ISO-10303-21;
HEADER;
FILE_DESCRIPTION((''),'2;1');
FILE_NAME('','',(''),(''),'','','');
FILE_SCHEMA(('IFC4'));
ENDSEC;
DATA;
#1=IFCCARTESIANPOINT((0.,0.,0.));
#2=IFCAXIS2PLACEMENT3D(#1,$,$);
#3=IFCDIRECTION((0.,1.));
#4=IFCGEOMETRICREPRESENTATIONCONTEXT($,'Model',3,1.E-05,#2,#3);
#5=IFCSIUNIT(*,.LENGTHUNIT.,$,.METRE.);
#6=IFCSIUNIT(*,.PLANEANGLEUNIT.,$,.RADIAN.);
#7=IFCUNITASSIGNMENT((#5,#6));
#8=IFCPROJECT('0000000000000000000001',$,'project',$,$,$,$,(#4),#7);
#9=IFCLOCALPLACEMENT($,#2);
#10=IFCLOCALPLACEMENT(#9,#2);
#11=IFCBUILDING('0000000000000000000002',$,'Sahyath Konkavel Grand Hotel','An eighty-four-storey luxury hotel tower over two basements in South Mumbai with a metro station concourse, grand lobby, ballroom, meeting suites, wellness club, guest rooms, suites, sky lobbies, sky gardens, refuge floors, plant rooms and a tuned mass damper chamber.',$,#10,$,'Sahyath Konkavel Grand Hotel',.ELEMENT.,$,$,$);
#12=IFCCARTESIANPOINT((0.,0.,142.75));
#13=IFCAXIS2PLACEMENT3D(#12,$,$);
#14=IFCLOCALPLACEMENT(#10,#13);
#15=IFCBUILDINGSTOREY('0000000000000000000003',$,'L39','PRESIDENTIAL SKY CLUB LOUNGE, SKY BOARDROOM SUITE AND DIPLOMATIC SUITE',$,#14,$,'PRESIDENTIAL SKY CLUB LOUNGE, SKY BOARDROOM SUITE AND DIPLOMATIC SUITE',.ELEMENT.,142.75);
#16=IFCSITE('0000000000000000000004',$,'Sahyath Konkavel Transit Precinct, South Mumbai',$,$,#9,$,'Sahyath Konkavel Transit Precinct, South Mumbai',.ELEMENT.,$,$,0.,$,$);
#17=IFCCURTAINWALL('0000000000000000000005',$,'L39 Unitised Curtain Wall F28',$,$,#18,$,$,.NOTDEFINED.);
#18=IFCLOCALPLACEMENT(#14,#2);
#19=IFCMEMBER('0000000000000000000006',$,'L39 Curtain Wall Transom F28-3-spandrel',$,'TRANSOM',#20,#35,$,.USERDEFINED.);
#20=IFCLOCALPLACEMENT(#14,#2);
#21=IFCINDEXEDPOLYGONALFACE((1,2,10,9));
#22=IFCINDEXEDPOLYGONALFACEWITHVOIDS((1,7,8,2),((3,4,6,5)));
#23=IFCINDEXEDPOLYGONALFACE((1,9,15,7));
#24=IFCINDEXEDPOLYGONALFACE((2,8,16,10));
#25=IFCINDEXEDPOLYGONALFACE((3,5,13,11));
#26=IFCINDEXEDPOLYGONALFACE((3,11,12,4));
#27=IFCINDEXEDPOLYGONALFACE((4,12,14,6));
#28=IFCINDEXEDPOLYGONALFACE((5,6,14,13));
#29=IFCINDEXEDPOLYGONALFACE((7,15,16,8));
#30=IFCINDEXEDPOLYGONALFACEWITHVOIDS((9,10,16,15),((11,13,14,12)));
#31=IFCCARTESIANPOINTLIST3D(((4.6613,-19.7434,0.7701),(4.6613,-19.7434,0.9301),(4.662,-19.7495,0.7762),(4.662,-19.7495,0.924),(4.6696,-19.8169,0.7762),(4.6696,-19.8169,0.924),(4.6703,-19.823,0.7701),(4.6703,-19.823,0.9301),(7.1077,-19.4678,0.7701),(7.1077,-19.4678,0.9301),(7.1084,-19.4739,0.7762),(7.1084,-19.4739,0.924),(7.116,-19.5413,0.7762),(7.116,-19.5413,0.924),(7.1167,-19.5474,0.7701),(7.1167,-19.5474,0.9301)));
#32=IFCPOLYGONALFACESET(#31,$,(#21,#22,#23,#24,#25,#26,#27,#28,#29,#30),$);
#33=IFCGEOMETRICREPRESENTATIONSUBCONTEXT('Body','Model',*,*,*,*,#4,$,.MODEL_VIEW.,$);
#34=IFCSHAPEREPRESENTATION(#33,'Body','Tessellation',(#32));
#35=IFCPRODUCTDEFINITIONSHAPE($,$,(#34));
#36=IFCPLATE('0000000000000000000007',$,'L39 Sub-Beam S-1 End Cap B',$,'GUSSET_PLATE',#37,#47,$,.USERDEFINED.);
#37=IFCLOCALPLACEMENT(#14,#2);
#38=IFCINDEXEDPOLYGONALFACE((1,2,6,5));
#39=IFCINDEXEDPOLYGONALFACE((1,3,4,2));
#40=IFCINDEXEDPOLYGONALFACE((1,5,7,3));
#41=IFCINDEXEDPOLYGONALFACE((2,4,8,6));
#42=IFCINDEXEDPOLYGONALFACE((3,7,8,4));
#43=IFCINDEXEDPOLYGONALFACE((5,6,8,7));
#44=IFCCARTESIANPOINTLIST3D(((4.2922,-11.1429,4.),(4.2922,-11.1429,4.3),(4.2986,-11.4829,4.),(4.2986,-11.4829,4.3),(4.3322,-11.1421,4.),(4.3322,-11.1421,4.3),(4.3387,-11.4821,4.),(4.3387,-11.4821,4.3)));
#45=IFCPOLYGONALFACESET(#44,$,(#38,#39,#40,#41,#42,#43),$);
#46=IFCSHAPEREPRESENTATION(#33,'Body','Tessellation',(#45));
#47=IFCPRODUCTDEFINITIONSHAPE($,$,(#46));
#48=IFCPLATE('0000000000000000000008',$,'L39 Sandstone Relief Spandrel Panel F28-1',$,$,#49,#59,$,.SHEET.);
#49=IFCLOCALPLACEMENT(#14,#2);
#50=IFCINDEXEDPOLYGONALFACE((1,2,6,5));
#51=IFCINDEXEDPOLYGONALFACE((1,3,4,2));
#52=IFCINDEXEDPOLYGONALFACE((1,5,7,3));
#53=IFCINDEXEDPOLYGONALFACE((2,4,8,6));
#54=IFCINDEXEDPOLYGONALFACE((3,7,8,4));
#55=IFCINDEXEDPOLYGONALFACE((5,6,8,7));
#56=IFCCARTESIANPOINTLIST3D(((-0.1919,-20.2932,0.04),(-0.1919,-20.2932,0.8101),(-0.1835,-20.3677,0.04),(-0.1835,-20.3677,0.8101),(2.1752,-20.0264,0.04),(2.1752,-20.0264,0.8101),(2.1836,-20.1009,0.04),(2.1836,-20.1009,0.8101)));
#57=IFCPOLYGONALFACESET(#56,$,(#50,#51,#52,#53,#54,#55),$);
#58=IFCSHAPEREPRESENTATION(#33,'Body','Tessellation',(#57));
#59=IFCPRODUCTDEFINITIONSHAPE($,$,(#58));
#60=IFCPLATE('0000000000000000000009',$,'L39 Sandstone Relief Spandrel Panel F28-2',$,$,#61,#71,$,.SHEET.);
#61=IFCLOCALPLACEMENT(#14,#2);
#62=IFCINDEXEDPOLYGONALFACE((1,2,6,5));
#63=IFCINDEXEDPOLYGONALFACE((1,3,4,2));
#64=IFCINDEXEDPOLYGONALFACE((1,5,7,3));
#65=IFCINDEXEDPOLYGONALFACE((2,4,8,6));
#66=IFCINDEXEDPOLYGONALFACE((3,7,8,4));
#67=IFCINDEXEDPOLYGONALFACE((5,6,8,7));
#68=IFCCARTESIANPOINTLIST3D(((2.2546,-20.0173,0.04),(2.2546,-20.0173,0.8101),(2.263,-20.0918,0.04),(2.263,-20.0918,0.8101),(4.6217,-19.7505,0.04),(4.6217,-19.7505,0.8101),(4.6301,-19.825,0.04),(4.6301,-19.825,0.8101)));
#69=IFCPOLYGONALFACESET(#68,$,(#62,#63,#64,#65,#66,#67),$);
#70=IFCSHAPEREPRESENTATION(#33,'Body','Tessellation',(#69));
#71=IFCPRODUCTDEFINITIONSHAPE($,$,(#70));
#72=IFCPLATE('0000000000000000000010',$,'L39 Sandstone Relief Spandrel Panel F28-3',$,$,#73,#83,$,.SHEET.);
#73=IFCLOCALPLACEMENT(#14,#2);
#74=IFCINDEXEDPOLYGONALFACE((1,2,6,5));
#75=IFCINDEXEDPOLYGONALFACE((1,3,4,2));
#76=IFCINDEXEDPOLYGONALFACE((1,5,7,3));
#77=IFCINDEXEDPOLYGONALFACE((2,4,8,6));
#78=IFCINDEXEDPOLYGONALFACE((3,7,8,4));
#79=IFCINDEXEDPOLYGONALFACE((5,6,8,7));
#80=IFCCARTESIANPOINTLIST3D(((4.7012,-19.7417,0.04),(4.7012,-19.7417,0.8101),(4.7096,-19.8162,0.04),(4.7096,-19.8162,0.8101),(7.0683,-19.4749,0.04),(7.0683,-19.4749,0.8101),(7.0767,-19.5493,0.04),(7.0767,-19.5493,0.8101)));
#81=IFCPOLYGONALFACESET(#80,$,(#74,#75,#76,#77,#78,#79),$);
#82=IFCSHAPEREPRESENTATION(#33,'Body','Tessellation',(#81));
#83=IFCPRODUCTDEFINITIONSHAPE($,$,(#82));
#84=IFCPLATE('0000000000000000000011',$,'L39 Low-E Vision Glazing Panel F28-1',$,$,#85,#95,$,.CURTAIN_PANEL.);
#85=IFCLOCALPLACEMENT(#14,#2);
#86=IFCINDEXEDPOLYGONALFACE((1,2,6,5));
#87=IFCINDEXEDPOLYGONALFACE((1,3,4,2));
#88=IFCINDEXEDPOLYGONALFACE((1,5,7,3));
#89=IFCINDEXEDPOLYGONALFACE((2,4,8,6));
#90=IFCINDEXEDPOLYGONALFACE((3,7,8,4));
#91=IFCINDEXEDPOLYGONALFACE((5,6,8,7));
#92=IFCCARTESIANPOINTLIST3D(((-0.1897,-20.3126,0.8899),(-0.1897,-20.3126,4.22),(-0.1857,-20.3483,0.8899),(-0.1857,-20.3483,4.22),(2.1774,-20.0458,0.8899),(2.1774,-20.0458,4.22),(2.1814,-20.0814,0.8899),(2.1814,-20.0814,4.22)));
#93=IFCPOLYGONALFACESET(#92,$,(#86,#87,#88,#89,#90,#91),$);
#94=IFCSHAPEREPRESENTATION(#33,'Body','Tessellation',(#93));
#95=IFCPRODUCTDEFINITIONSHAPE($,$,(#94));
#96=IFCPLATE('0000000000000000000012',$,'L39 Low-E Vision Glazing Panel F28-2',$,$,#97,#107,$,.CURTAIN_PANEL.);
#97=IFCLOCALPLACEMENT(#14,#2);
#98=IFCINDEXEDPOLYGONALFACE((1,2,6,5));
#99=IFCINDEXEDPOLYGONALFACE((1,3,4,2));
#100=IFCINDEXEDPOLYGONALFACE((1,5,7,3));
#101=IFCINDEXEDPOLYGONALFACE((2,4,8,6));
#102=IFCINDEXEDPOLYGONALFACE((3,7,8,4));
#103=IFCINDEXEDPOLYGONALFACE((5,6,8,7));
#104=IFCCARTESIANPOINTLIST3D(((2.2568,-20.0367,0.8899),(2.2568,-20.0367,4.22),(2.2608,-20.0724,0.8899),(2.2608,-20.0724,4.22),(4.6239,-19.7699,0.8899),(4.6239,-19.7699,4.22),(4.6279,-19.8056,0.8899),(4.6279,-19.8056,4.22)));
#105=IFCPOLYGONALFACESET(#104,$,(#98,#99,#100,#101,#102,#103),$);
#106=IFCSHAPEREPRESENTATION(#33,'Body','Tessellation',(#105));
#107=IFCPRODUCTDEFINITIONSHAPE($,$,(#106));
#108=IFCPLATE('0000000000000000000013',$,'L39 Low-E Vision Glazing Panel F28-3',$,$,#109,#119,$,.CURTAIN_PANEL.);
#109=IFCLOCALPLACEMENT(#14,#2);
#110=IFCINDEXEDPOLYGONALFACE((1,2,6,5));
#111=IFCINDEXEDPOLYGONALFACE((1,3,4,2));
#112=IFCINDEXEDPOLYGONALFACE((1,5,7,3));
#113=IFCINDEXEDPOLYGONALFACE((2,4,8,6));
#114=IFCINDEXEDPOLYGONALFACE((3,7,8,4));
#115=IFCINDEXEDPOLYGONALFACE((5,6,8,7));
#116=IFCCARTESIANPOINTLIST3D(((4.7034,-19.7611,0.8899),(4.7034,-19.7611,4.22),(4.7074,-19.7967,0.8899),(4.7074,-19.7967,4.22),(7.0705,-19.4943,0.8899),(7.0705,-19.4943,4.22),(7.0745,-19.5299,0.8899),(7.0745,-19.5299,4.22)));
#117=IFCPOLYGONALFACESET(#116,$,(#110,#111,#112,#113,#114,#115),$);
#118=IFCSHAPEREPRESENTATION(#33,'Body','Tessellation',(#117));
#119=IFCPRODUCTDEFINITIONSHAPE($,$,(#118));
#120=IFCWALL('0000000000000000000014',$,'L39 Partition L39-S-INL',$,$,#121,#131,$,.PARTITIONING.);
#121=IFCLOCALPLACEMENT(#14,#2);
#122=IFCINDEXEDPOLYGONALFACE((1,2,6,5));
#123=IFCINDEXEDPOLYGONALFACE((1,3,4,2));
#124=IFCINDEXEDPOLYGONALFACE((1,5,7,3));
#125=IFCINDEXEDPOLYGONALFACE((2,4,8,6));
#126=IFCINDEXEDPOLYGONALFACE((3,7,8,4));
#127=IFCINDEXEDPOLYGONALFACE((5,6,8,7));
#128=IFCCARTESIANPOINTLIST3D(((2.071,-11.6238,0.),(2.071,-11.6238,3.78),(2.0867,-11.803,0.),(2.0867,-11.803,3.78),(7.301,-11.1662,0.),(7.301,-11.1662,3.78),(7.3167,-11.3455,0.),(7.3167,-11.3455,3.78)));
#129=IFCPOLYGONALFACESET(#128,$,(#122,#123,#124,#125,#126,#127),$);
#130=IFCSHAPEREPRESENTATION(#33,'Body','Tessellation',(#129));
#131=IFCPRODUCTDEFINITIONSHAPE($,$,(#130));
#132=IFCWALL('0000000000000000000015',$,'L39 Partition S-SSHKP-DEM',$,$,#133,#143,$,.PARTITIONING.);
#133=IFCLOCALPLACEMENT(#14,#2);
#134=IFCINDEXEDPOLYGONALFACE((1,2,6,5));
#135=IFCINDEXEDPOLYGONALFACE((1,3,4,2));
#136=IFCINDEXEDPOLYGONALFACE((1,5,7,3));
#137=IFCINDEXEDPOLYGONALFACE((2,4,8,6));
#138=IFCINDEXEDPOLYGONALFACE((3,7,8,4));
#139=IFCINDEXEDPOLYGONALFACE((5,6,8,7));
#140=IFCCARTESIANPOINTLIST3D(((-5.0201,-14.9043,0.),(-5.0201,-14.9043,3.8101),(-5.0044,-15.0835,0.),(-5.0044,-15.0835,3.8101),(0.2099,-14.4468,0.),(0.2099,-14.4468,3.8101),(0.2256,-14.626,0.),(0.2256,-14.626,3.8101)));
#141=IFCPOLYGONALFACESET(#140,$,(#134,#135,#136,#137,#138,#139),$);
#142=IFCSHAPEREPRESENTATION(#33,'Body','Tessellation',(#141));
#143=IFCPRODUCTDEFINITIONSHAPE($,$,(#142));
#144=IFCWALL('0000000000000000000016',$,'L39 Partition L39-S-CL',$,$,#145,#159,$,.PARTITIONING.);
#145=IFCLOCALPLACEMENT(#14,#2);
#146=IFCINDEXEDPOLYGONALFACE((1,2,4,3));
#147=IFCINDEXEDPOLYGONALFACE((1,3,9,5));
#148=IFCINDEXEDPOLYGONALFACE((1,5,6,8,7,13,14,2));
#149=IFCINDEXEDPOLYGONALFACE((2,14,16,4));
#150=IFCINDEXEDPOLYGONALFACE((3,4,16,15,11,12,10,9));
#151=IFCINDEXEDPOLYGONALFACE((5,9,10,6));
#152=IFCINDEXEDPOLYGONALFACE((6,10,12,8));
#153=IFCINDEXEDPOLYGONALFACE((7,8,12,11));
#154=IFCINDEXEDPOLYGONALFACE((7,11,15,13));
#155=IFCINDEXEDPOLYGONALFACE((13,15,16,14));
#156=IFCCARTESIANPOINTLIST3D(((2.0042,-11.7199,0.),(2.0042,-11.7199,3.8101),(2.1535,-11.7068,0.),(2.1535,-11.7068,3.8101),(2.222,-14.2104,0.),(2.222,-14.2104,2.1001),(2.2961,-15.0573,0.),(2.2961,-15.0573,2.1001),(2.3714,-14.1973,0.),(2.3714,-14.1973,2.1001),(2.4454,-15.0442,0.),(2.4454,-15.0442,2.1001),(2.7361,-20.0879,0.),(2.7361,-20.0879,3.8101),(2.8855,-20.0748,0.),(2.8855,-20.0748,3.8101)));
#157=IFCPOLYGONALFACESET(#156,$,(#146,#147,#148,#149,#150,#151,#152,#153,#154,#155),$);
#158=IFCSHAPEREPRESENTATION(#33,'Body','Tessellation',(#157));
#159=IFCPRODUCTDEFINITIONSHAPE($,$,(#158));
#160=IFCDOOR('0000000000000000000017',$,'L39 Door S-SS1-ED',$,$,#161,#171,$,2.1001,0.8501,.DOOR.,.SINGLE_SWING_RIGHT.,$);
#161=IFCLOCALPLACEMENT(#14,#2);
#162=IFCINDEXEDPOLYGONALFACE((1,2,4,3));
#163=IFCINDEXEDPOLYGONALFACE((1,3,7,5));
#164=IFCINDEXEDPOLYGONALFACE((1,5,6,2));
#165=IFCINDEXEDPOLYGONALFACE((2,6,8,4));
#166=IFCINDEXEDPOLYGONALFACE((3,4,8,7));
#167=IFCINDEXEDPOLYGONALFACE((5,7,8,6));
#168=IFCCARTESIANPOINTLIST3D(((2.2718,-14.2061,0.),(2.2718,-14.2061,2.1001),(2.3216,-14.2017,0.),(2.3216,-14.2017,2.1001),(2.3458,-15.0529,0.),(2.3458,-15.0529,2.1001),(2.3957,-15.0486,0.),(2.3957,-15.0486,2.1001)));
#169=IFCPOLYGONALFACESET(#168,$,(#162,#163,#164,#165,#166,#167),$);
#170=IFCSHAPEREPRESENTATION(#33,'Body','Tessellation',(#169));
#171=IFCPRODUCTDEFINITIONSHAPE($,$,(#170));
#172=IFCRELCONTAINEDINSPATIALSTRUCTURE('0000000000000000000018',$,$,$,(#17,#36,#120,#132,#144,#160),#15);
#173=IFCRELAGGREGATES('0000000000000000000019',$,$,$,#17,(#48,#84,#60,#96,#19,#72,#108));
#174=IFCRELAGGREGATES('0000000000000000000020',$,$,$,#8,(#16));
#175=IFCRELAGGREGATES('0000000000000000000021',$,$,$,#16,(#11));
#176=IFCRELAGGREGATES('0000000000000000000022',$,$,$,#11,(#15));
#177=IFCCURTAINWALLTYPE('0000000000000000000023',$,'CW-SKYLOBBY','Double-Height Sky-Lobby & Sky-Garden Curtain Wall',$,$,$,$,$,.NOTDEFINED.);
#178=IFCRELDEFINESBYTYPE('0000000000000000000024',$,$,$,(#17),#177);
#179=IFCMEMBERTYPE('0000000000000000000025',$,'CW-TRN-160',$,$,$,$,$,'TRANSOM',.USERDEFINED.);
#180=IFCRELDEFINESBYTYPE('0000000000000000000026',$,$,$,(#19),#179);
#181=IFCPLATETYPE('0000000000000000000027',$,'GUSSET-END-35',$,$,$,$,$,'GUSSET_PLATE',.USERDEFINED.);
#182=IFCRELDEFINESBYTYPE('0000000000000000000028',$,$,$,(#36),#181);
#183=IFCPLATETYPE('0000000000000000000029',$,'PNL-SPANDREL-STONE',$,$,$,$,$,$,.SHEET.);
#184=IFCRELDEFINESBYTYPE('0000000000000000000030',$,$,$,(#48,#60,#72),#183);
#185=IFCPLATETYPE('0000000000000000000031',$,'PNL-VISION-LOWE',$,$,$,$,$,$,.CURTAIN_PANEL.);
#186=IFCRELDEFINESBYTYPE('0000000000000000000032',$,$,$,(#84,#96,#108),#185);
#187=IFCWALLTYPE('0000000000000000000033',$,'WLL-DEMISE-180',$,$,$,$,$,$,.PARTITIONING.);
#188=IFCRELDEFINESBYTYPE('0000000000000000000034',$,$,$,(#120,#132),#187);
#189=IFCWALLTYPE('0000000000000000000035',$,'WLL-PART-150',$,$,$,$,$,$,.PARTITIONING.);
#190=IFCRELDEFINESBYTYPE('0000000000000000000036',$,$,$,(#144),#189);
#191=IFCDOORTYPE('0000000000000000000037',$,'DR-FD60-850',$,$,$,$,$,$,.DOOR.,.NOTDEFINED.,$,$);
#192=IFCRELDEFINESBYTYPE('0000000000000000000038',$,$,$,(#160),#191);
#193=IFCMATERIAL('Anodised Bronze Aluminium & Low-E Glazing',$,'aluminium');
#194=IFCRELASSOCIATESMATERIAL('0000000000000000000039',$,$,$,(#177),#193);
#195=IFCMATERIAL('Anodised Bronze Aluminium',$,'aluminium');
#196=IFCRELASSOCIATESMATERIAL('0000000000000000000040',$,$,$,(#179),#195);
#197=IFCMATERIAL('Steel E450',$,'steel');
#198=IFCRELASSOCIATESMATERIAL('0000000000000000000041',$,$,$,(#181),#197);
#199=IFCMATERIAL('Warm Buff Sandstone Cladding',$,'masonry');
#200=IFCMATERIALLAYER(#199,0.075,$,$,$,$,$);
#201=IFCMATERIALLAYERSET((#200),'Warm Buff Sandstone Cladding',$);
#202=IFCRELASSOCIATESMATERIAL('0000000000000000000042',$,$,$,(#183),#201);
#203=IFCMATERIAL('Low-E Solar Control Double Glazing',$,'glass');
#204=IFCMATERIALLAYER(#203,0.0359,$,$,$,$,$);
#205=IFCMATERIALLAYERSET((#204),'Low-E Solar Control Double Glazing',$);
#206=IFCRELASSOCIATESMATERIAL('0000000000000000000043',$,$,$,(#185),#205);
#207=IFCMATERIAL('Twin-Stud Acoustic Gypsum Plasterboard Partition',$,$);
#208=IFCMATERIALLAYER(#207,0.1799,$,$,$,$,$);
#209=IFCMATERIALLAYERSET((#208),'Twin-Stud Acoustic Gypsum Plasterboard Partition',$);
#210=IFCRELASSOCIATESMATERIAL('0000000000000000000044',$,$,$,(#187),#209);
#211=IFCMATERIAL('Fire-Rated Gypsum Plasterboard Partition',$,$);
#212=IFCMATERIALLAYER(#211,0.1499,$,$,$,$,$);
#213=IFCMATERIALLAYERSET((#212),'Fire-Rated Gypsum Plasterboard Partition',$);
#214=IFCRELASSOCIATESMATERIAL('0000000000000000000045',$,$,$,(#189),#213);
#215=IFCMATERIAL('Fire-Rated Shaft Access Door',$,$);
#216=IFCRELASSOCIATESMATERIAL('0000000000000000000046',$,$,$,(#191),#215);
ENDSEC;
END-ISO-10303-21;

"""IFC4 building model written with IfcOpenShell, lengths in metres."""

from ifc_helpers import new_model, si_unit, direction, frame, frame_2d, origin, origin_2d, place, context, subcontext, project, spatial, rectangle, hollow_rectangle, extrude, source, transform, mapped, material, layer, layer_set, material_profile, profile_set, type_object, element, fill, aggregate, save


model = new_model("IFC4")

# Units and contexts
model_context = context("Model", 3, precision=1e-05, world=origin(), true_north=direction((0.0, 1.0)))
body_context = subcontext(model_context, "Body", "Model", "MODEL_VIEW")
ifc_project = project(units=[si_unit("LENGTHUNIT", "METRE"), si_unit("PLANEANGLEUNIT", "RADIAN")], contexts=[model_context])

# Site, building, storey
site_placement = place(None, origin())
site = spatial("IfcSite", under=ifc_project, at=site_placement, Name="Sahyath Konkavel Transit Precinct, South Mumbai", LongName="Sahyath Konkavel Transit Precinct, South Mumbai", CompositionType="ELEMENT", RefElevation=0.0)
building_placement = place(site_placement, origin())
building = spatial("IfcBuilding", under=site, at=building_placement, Name="Sahyath Konkavel Grand Hotel", Description="An eighty-four-storey luxury hotel tower over two basements in South Mumbai with a metro station concourse, grand lobby, ballroom, meeting suites, wellness club, guest rooms, suites, sky lobbies, sky gardens, refuge floors, plant rooms and a tuned mass damper chamber.", LongName="Sahyath Konkavel Grand Hotel", CompositionType="ELEMENT")
storey_placement = place(building_placement, frame((0.0, 0.0, 142.75)))
storey = spatial("IfcBuildingStorey", under=building, at=storey_placement, Name="L39", Description="PRESIDENTIAL SKY CLUB LOUNGE, SKY BOARDROOM SUITE AND DIPLOMATIC SUITE", LongName="PRESIDENTIAL SKY CLUB LOUNGE, SKY BOARDROOM SUITE AND DIPLOMATIC SUITE", CompositionType="ELEMENT", Elevation=142.75)

# Curtain wall
ifc_material_1 = material(Name="Anodised Bronze Aluminium & Low-E Glazing", Category="aluminium")
curtain_wall_type = type_object("IfcCurtainWallType", Name="CW-SKYLOBBY", Description="Double-Height Sky-Lobby & Sky-Garden Curtain Wall", PredefinedType="NOTDEFINED", material=ifc_material_1)
curtain_wall_placement = place(storey_placement, origin())
curtain_wall = element("IfcCurtainWall", 1, at=curtain_wall_placement, inside=storey, type_object=curtain_wall_type, Name="L39 Unitised Curtain Wall F28", PredefinedType="NOTDEFINED")
ifc_material_2 = material(Name="Anodised Bronze Aluminium", Category="aluminium")

# Member
ifc_material_profile_1 = material_profile(ifc_material_2, hollow_rectangle(XDim=0.0801, YDim=0.1599, WallThickness=0.0061, at=origin_2d()), Name="RHS 160x80x6")
ifc_profile_set_1 = profile_set([ifc_material_profile_1], Name="Anodised Bronze Aluminium")
member_type_1 = type_object("IfcMemberType", Name="CW-TRN-160", ElementType="TRANSOM", PredefinedType="USERDEFINED", material=ifc_profile_set_1)
shared_shape_1 = source(origin(), body_context, "Body", "SweptSolid", [
    extrude(hollow_rectangle(XDim=0.0801, YDim=0.1599, WallThickness=0.0061, at=origin_2d()), origin(), (0.0, 0.0, 1.0), 2.4619),
])
member_1_placement = place(storey_placement, frame((4.6658, -19.7832, 0.8501), z_axis=(0.993713, 0.111955, 0.0), x_axis=(-0.111955, 0.993713, 0.0)))
member_1 = element("IfcMember", 2, at=member_1_placement, type_object=member_type_1, Name="L39 Curtain Wall Transom F28-3-spandrel", ObjectType="TRANSOM", PredefinedType="USERDEFINED", context=body_context, shape_type="MappedRepresentation", body=[
    mapped(shared_shape_1, transform((0.0, 0.0, 0.0), scale=1.0)),
])

# Plates
ifc_material_3 = material(Name="Steel E450", Category="steel")
plate_type_1 = type_object("IfcPlateType", Name="GUSSET-END-35", ElementType="GUSSET_PLATE", PredefinedType="USERDEFINED", material=ifc_material_3)
shared_shape_2 = source(origin(), body_context, "Body", "SweptSolid", [
    extrude(rectangle(XDim=0.04, YDim=0.3401, at=origin_2d()), origin(), (0.0, 0.0, 1.0), 0.3),
])
plate_1_placement = place(storey_placement, frame((4.3154, -11.3125, 4.0), z_axis=(0.0, 0.0, 1.0), x_axis=(0.999822, 0.018848, 0.0)))
element("IfcPlate", 3, at=plate_1_placement, inside=storey, type_object=plate_type_1, Name="L39 Sub-Beam S-1 End Cap B", ObjectType="GUSSET_PLATE", PredefinedType="USERDEFINED", context=body_context, shape_type="MappedRepresentation", body=[
    mapped(shared_shape_2, transform((0.0, 0.0, 0.0), scale=1.0)),
])
ifc_material_4 = material(Name="Warm Buff Sandstone Cladding", Category="masonry")
ifc_layer_1 = layer(ifc_material_4, 0.075)
ifc_layer_set_1 = layer_set([ifc_layer_1], Name="Warm Buff Sandstone Cladding")
plate_type_2 = type_object("IfcPlateType", Name="PNL-SPANDREL-STONE", PredefinedType="SHEET", material=ifc_layer_set_1)
shared_shape_3 = source(origin(), body_context, "Body", "SweptSolid", [
    extrude(rectangle(XDim=2.3821, YDim=0.075, at=origin_2d()), origin(), (0.0, 0.0, 1.0), 0.77),
])
plate_2_placement = place(storey_placement, frame((0.9958, -20.197, 0.04), z_axis=(0.0, 0.0, 1.0), x_axis=(0.993707, 0.112007, 0.0)))
plate_2 = element("IfcPlate", 4, at=plate_2_placement, type_object=plate_type_2, Name="L39 Sandstone Relief Spandrel Panel F28-1", PredefinedType="SHEET", context=body_context, shape_type="MappedRepresentation", body=[
    mapped(shared_shape_3, transform((0.0, 0.0, 0.0), scale=1.0)),
])
plate_3_placement = place(storey_placement, frame((3.4424, -19.9211, 0.04), z_axis=(0.0, 0.0, 1.0), x_axis=(0.993707, 0.112007, 0.0)))
plate_3 = element("IfcPlate", 5, at=plate_3_placement, type_object=plate_type_2, Name="L39 Sandstone Relief Spandrel Panel F28-2", PredefinedType="SHEET", context=body_context, shape_type="MappedRepresentation", body=[
    mapped(shared_shape_3, transform((0.0, 0.0, 0.0), scale=1.0)),
])
plate_4_placement = place(storey_placement, frame((5.8889, -19.6455, 0.04), z_axis=(0.0, 0.0, 1.0), x_axis=(0.993707, 0.112007, 0.0)))
plate_4 = element("IfcPlate", 6, at=plate_4_placement, type_object=plate_type_2, Name="L39 Sandstone Relief Spandrel Panel F28-3", PredefinedType="SHEET", context=body_context, shape_type="MappedRepresentation", body=[
    mapped(shared_shape_3, transform((0.0, 0.0, 0.0), scale=1.0)),
])
ifc_material_5 = material(Name="Low-E Solar Control Double Glazing", Category="glass")
ifc_layer_2 = layer(ifc_material_5, 0.0359)
ifc_layer_set_2 = layer_set([ifc_layer_2], Name="Low-E Solar Control Double Glazing")
plate_type_3 = type_object("IfcPlateType", Name="PNL-VISION-LOWE", PredefinedType="CURTAIN_PANEL", material=ifc_layer_set_2)
shared_shape_4 = source(origin(), body_context, "Body", "SweptSolid", [
    extrude(rectangle(XDim=2.3821, YDim=0.0359, at=origin_2d()), origin(), (0.0, 0.0, 1.0), 3.3301),
])
plate_5_placement = place(storey_placement, frame((0.9958, -20.197, 0.8899), z_axis=(0.0, 0.0, 1.0), x_axis=(0.993707, 0.112007, 0.0)))
plate_5 = element("IfcPlate", 7, at=plate_5_placement, type_object=plate_type_3, Name="L39 Low-E Vision Glazing Panel F28-1", PredefinedType="CURTAIN_PANEL", context=body_context, shape_type="MappedRepresentation", body=[
    mapped(shared_shape_4, transform((0.0, 0.0, 0.0), scale=1.0)),
])
plate_6_placement = place(storey_placement, frame((3.4424, -19.9211, 0.8899), z_axis=(0.0, 0.0, 1.0), x_axis=(0.993707, 0.112007, 0.0)))
plate_6 = element("IfcPlate", 8, at=plate_6_placement, type_object=plate_type_3, Name="L39 Low-E Vision Glazing Panel F28-2", PredefinedType="CURTAIN_PANEL", context=body_context, shape_type="MappedRepresentation", body=[
    mapped(shared_shape_4, transform((0.0, 0.0, 0.0), scale=1.0)),
])
plate_7_placement = place(storey_placement, frame((5.8889, -19.6455, 0.8899), z_axis=(0.0, 0.0, 1.0), x_axis=(0.993707, 0.112007, 0.0)))
plate_7 = element("IfcPlate", 9, at=plate_7_placement, type_object=plate_type_3, Name="L39 Low-E Vision Glazing Panel F28-3", PredefinedType="CURTAIN_PANEL", context=body_context, shape_type="MappedRepresentation", body=[
    mapped(shared_shape_4, transform((0.0, 0.0, 0.0), scale=1.0)),
])
aggregate(curtain_wall, [plate_2, plate_5, plate_3, plate_6, member_1, plate_4, plate_7])

# Walls
ifc_material_6 = material(Name="Twin-Stud Acoustic Gypsum Plasterboard Partition")
ifc_layer_3 = layer(ifc_material_6, 0.1799)
ifc_layer_set_3 = layer_set([ifc_layer_3], Name="Twin-Stud Acoustic Gypsum Plasterboard Partition")
wall_type_1 = type_object("IfcWallType", Name="WLL-DEMISE-180", PredefinedType="PARTITIONING", material=ifc_layer_set_3)
wall_1_placement = place(storey_placement, frame((2.0789, -11.7134, 0.0), z_axis=(0.0, 0.0, 1.0), x_axis=(0.996195, 0.087147, 0.0)))
element("IfcWall", 10, at=wall_1_placement, inside=storey, type_object=wall_type_1, Name="L39 Partition L39-S-INL", PredefinedType="PARTITIONING", context=body_context, shape_type="SweptSolid", body=[
    extrude(rectangle(XDim=5.25, YDim=0.1799, at=frame_2d((2.625, 0.0))), origin(), (0.0, 0.0, 1.0), 3.78),
])
wall_2_placement = place(storey_placement, frame((0.2178, -14.5364, 0.0), z_axis=(0.0, 0.0, 1.0), x_axis=(-0.996195, -0.087147, 0.0)))
element("IfcWall", 11, at=wall_2_placement, inside=storey, type_object=wall_type_1, Name="L39 Partition S-SSHKP-DEM", PredefinedType="PARTITIONING", context=body_context, shape_type="SweptSolid", body=[
    extrude(rectangle(XDim=5.25, YDim=0.1799, at=frame_2d((2.625, 0.0))), origin(), (0.0, 0.0, 1.0), 3.8101),
])

# Wall, opening, door
ifc_material_7 = material(Name="Fire-Rated Gypsum Plasterboard Partition")
ifc_layer_4 = layer(ifc_material_7, 0.1499)
ifc_layer_set_4 = layer_set([ifc_layer_4], Name="Fire-Rated Gypsum Plasterboard Partition")
wall_type_2 = type_object("IfcWallType", Name="WLL-PART-150", PredefinedType="PARTITIONING", material=ifc_layer_set_4)
wall_3_placement = place(storey_placement, frame((2.0789, -11.7134, 0.0), z_axis=(0.0, 0.0, 1.0), x_axis=(0.087136, -0.996196, 0.0)))
wall_3 = element("IfcWall", 12, at=wall_3_placement, inside=storey, type_object=wall_type_2, Name="L39 Partition L39-S-CL", PredefinedType="PARTITIONING", context=body_context, shape_type="SweptSolid", body=[
    extrude(rectangle(XDim=8.3999, YDim=0.1499, at=frame_2d((4.2, 0.0))), origin(), (0.0, 0.0, 1.0), 3.8101),
])
opening_1_placement = place(wall_3_placement, frame((2.5, 0.0, 0.0)))
opening_1 = element("IfcOpeningElement", 13, at=opening_1_placement, cuts=wall_3, PredefinedType="OPENING", context=body_context, shape_type="SweptSolid", body=[
    extrude(rectangle(XDim=0.8501, YDim=2.1001, at=frame_2d((0.425, 1.05))), frame((0.0, 0.085, 0.0), z_axis=(0.0, -1.0, 0.0), x_axis=(1.0, 0.0, 0.0)), (0.0, 0.0, 1.0), 0.1699),
])
ifc_material_8 = material(Name="Fire-Rated Shaft Access Door")
door_type_1 = type_object("IfcDoorType", Name="DR-FD60-850", OperationType="NOTDEFINED", PredefinedType="DOOR", material=ifc_material_8)
shared_shape_5 = source(origin(), body_context, "Body", "SweptSolid", [
    extrude(rectangle(XDim=0.8501, YDim=0.05, at=origin_2d()), origin(), (0.0, 0.0, 1.0), 2.1001),
])
door_1_placement = place(opening_1_placement, frame((0.425, 0.0, 0.0)))
door_1 = element("IfcDoor", 14, at=door_1_placement, inside=storey, type_object=door_type_1, Name="L39 Door S-SS1-ED", OperationType="SINGLE_SWING_RIGHT", OverallHeight=2.1001, OverallWidth=0.8501, PredefinedType="DOOR", context=body_context, shape_type="MappedRepresentation", body=[
    mapped(shared_shape_5, transform((0.0, 0.0, 0.0), scale=1.0)),
])
fill(opening_1, door_1)

save(model, "model.ifc")
